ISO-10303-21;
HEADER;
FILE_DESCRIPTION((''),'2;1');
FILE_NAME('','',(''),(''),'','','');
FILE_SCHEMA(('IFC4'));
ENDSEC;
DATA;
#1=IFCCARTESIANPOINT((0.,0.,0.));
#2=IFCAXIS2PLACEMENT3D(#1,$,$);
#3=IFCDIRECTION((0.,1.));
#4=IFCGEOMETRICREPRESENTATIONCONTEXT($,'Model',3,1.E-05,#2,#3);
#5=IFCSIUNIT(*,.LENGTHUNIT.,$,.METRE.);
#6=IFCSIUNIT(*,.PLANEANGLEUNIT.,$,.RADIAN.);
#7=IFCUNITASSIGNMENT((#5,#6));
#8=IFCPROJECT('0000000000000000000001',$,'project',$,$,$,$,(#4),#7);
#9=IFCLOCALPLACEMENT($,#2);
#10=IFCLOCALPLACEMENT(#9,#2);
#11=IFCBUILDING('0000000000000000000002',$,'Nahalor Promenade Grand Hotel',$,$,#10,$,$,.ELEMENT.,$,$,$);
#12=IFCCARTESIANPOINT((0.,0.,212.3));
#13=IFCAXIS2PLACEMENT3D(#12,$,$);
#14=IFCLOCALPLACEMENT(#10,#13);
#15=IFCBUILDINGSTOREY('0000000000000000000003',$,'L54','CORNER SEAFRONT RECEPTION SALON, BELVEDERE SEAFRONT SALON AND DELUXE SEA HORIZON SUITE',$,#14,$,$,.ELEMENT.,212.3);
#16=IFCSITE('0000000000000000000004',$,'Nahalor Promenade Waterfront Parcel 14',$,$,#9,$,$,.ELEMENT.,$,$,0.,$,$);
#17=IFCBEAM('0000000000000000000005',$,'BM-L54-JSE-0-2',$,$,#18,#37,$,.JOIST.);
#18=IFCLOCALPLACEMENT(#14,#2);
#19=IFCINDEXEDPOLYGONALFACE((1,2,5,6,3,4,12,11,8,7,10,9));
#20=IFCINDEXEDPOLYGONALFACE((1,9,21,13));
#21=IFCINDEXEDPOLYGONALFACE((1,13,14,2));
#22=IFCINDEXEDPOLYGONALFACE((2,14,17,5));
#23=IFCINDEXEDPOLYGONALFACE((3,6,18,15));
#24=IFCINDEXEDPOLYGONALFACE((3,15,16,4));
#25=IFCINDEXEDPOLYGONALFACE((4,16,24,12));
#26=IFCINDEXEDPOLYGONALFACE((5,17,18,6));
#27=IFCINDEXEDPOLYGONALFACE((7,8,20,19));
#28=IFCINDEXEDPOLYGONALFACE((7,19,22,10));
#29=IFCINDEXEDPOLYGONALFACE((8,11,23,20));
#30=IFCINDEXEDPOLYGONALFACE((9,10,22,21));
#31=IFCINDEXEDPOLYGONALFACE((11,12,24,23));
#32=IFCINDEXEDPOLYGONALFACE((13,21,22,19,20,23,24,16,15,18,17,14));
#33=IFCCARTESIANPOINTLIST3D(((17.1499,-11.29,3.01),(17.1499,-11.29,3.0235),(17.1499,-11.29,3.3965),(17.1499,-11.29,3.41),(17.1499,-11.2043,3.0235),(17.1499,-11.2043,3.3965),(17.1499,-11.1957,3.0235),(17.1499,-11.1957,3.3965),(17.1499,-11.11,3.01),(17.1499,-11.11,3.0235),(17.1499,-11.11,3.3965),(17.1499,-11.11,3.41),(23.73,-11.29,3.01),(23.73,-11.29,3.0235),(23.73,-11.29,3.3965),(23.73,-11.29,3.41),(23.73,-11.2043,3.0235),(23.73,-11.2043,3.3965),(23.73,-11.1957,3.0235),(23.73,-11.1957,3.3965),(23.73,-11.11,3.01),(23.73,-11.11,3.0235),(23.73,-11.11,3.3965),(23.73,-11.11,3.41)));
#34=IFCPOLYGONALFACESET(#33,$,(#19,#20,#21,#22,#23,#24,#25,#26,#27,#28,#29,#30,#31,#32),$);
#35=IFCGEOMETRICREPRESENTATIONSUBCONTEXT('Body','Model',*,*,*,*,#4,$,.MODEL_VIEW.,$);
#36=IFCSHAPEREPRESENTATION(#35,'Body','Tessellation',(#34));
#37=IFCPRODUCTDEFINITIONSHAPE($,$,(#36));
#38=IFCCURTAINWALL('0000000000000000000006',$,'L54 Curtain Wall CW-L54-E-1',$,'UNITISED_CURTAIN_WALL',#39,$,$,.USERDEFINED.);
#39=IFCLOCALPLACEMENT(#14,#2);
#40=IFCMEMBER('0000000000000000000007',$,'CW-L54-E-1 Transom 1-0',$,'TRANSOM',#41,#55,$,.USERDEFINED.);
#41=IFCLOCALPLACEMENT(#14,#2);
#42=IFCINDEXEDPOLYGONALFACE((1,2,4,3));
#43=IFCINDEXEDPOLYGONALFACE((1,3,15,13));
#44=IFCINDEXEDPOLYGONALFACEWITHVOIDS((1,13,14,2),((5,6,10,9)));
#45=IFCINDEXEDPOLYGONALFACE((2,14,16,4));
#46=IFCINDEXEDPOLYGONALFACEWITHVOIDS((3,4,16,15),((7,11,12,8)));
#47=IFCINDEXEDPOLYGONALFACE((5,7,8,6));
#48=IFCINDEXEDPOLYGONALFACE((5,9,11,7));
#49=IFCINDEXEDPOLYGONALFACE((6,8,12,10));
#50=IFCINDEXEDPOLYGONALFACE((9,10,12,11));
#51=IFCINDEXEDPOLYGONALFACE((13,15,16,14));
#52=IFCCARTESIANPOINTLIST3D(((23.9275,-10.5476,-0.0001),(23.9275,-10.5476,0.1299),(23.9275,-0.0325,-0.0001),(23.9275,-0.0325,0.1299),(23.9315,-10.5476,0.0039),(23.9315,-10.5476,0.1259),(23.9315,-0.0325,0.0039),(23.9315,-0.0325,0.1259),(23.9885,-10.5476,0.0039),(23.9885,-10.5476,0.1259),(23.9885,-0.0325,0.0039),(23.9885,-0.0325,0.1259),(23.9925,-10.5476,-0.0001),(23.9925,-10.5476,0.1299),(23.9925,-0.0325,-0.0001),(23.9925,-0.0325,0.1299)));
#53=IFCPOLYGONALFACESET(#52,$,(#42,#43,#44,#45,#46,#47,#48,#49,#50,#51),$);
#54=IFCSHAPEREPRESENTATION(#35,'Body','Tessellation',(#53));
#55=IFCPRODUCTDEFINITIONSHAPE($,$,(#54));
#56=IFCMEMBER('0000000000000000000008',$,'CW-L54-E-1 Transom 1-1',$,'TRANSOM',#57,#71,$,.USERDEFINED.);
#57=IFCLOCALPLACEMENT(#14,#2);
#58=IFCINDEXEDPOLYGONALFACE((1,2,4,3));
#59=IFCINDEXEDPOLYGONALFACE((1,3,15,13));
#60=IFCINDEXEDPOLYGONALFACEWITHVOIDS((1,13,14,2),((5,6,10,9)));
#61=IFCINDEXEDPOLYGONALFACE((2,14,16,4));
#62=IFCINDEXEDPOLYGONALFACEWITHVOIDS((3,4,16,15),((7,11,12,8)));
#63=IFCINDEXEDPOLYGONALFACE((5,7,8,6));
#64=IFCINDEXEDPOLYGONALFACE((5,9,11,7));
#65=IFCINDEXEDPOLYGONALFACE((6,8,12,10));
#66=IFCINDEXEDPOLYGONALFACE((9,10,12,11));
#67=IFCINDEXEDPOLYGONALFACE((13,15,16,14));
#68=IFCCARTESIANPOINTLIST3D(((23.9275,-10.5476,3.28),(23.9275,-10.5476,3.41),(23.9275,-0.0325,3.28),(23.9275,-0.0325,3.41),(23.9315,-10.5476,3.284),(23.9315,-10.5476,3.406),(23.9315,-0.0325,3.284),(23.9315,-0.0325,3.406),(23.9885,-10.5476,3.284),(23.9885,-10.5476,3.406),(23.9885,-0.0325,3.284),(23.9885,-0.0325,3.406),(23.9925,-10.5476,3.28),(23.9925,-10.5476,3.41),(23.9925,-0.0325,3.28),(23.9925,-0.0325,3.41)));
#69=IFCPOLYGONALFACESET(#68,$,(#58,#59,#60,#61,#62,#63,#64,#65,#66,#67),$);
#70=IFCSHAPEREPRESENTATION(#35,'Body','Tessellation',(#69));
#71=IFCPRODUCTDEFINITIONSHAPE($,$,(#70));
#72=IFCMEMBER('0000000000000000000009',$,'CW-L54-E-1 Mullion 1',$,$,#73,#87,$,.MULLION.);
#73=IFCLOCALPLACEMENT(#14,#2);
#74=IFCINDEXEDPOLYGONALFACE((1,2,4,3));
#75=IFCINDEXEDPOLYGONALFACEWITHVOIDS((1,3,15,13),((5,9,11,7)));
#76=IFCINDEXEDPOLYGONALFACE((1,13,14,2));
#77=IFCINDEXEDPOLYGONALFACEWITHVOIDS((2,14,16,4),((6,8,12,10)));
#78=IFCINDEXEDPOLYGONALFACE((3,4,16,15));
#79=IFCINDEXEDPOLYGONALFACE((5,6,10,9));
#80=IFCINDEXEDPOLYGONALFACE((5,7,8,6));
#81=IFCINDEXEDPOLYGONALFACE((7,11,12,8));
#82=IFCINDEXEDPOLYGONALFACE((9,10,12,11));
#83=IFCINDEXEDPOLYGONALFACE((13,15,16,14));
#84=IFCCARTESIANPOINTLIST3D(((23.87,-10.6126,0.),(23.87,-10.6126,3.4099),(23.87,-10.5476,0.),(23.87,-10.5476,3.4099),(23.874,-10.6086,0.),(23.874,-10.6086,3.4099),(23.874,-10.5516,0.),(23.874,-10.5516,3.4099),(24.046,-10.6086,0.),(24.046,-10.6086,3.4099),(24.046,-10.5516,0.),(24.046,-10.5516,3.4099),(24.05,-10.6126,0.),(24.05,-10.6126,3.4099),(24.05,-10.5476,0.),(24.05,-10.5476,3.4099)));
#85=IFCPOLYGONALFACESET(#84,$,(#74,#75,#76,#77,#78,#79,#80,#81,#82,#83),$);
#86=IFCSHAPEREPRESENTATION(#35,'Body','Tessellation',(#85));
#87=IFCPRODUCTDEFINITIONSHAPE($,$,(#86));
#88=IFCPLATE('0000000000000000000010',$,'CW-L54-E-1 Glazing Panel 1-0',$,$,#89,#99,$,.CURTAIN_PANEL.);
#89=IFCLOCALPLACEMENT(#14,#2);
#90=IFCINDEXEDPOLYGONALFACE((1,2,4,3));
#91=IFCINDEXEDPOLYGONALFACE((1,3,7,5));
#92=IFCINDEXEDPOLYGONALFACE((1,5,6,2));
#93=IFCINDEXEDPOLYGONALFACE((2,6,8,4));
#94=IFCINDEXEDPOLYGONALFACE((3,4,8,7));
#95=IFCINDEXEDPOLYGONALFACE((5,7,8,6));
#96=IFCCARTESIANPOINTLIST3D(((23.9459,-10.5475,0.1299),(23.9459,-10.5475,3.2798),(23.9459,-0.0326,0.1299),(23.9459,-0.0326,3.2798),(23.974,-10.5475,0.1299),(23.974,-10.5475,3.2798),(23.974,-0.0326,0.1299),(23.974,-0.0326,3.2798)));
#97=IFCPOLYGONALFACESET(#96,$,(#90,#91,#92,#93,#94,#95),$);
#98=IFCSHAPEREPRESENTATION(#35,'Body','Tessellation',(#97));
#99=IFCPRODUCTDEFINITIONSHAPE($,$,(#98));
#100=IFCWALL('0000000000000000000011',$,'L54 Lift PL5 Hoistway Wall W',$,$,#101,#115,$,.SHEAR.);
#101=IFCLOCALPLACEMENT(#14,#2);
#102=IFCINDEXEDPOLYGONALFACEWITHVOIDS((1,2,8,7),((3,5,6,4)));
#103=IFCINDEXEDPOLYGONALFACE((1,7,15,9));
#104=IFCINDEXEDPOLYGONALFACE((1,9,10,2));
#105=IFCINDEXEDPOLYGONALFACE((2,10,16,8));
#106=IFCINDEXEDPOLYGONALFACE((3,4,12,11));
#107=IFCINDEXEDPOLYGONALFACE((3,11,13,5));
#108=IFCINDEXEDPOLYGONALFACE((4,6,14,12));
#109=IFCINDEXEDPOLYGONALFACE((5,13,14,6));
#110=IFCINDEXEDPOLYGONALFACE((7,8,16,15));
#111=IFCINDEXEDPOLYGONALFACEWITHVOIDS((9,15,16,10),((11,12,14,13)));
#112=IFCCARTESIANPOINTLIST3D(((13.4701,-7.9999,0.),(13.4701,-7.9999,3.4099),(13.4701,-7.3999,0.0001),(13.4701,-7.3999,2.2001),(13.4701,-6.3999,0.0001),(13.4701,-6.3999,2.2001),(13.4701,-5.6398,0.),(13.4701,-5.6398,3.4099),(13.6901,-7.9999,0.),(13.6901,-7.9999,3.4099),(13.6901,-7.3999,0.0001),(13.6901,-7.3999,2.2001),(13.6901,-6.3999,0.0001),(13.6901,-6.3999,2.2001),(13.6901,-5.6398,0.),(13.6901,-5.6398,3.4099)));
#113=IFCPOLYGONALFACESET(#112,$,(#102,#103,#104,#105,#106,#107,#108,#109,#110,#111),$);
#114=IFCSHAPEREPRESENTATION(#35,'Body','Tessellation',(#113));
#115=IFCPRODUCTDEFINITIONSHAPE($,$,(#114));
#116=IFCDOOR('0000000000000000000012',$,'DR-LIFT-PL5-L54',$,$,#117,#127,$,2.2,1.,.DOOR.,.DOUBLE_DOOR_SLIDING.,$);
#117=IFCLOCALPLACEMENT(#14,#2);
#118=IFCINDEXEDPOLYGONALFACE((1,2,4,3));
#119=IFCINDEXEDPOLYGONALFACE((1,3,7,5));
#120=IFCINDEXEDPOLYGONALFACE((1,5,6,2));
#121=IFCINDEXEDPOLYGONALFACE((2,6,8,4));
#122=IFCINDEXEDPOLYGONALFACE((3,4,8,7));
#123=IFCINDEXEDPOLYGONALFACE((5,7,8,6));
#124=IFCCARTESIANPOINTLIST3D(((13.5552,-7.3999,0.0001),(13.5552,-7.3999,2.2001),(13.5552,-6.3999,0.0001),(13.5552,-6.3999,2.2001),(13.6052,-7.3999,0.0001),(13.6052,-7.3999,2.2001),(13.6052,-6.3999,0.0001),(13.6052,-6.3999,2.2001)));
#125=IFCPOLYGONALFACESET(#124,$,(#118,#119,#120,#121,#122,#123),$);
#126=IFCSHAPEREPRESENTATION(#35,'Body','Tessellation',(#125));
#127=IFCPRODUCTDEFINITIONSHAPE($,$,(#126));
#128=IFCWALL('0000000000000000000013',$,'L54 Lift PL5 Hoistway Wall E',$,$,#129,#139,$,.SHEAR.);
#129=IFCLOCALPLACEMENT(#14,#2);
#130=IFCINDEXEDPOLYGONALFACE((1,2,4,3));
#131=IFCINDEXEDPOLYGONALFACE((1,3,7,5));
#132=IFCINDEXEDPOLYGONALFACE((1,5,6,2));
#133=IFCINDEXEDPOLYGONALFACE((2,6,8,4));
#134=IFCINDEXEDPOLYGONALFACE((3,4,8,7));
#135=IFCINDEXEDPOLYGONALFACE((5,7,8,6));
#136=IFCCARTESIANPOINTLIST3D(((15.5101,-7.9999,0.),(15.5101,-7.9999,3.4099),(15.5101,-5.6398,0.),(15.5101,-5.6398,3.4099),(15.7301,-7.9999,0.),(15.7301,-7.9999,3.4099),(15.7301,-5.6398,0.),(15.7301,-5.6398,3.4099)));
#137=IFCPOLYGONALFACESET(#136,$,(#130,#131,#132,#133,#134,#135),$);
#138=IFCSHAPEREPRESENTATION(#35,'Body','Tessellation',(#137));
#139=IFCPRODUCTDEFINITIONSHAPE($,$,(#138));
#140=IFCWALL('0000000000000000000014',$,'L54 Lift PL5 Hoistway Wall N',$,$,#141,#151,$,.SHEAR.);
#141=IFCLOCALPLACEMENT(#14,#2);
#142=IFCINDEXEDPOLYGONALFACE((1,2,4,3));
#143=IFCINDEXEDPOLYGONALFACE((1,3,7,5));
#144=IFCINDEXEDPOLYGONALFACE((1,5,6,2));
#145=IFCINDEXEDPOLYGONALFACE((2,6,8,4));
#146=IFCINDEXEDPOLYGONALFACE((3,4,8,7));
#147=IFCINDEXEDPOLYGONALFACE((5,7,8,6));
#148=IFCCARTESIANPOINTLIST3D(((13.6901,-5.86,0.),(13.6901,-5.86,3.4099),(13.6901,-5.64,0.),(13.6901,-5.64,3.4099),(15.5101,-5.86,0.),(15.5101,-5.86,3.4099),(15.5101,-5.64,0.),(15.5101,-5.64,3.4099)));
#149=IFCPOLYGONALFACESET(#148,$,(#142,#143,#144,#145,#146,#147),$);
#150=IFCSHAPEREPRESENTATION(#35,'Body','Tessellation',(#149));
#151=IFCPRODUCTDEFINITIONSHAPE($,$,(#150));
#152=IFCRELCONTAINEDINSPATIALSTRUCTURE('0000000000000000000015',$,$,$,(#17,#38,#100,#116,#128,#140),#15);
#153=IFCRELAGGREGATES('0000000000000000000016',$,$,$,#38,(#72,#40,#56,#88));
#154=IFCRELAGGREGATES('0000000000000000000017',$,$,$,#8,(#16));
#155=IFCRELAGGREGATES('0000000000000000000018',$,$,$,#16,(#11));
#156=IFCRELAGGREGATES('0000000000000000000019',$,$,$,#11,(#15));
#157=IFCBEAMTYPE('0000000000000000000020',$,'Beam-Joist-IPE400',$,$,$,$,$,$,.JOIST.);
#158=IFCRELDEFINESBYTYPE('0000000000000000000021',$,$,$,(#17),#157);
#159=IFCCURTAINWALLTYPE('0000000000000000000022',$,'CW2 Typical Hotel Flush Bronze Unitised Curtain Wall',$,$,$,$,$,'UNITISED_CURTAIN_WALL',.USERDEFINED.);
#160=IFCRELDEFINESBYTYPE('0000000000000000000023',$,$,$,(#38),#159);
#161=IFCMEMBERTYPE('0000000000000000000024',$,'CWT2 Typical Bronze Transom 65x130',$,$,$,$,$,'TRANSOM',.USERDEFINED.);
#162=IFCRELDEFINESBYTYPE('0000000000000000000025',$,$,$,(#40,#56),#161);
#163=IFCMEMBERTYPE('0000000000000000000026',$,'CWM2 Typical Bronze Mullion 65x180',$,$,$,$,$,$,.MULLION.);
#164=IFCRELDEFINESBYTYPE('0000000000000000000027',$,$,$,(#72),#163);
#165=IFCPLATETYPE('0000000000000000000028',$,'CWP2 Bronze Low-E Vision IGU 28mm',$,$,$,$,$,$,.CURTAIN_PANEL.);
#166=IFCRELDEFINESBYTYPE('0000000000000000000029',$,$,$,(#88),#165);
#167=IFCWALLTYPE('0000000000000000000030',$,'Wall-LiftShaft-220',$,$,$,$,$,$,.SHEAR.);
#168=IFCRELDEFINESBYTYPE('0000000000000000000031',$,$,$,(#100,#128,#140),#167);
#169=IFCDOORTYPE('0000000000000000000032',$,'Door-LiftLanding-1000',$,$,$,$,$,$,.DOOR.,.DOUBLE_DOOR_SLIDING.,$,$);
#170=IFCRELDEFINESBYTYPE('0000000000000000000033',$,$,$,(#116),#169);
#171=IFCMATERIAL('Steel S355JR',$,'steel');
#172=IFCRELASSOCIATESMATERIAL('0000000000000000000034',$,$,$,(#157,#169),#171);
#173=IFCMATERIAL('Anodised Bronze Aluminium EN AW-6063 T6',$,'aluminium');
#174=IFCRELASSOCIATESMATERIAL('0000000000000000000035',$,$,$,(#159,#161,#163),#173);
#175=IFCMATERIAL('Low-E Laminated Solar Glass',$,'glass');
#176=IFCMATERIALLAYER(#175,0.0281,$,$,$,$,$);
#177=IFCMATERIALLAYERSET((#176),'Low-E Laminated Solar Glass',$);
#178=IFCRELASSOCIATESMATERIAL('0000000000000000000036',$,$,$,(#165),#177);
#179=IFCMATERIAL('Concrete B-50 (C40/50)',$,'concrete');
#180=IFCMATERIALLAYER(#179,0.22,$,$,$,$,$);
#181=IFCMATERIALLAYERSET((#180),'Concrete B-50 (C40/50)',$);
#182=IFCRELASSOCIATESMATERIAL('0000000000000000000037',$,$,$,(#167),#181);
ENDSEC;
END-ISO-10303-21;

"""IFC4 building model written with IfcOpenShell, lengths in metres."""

from ifc_helpers import new_model, si_unit, direction, frame, frame_2d, origin, origin_2d, place, context, subcontext, project, spatial, rectangle, hollow_rectangle, i_section, extrude, source, transform, mapped, material, layer, layer_set, material_profile, profile_set, type_object, element, fill, aggregate, save


model = new_model("IFC4")

# Units and contexts
model_context = context("Model", 3, precision=1e-05, world=origin(), true_north=direction((0.0, 1.0)))
body_context = subcontext(model_context, "Body", "Model", "MODEL_VIEW")
ifc_project = project(units=[si_unit("LENGTHUNIT", "METRE"), si_unit("PLANEANGLEUNIT", "RADIAN")], contexts=[model_context])

# Site, building, storey
site_placement = place(None, origin())
site = spatial("IfcSite", under=ifc_project, at=site_placement, Name="Nahalor Promenade Waterfront Parcel 14", CompositionType="ELEMENT", RefElevation=0.0)
building_placement = place(site_placement, origin())
building = spatial("IfcBuilding", under=site, at=building_placement, Name="Nahalor Promenade Grand Hotel", CompositionType="ELEMENT")
storey_placement = place(building_placement, frame((0.0, 0.0, 212.3)))
storey = spatial("IfcBuildingStorey", under=building, at=storey_placement, Name="L54", Description="CORNER SEAFRONT RECEPTION SALON, BELVEDERE SEAFRONT SALON AND DELUXE SEA HORIZON SUITE", CompositionType="ELEMENT", Elevation=212.3)

# Shared definitions
ifc_material_1 = material(Name="Steel S355JR", Category="steel")

# Beam
ifc_material_profile_1 = material_profile(ifc_material_1, i_section(OverallWidth=0.18, OverallDepth=0.4, WebThickness=0.0086, FlangeThickness=0.0135, at=origin_2d()), Name="IPE 400")
ifc_profile_set_1 = profile_set([ifc_material_profile_1], Name="Steel S355JR")
beam_type_1 = type_object("IfcBeamType", Name="Beam-Joist-IPE400", PredefinedType="JOIST", material=ifc_profile_set_1)
shared_shape_1 = source(origin(), body_context, "Body", "SweptSolid", [
    extrude(i_section(OverallWidth=0.18, OverallDepth=0.4, WebThickness=0.0086, FlangeThickness=0.0135, at=origin_2d()), origin(), (0.0, 0.0, 1.0), 6.5801),
])
beam_1_placement = place(storey_placement, frame((17.1499, -11.2, 3.21), z_axis=(1.0, 0.0, 0.0), x_axis=(0.0, 1.0, 0.0)))
element("IfcBeam", 1, at=beam_1_placement, inside=storey, type_object=beam_type_1, Name="BM-L54-JSE-0-2", PredefinedType="JOIST", context=body_context, shape_type="MappedRepresentation", body=[
    mapped(shared_shape_1, transform((0.0, 0.0, 0.0), scale=1.0)),
])

# Curtain wall, members, plate
ifc_material_2 = material(Name="Anodised Bronze Aluminium EN AW-6063 T6", Category="aluminium")
curtain_wall_type = type_object("IfcCurtainWallType", Name="CW2 Typical Hotel Flush Bronze Unitised Curtain Wall", ElementType="UNITISED_CURTAIN_WALL", PredefinedType="USERDEFINED", material=ifc_material_2)
curtain_wall_placement = place(storey_placement, origin())
curtain_wall = element("IfcCurtainWall", 2, at=curtain_wall_placement, inside=storey, type_object=curtain_wall_type, Name="L54 Curtain Wall CW-L54-E-1", ObjectType="UNITISED_CURTAIN_WALL", PredefinedType="USERDEFINED")
ifc_material_profile_2 = material_profile(ifc_material_2, hollow_rectangle(XDim=0.065, YDim=0.13, WallThickness=0.004, at=origin_2d()), Name="CWT 65x130x4")
ifc_profile_set_2 = profile_set([ifc_material_profile_2], Name="Anodised Bronze Aluminium EN AW-6063 T6")
member_type_1 = type_object("IfcMemberType", Name="CWT2 Typical Bronze Transom 65x130", ElementType="TRANSOM", PredefinedType="USERDEFINED", material=ifc_profile_set_2)
shared_shape_2 = source(origin(), body_context, "Body", "SweptSolid", [
    extrude(hollow_rectangle(XDim=0.065, YDim=0.13, WallThickness=0.004, at=origin_2d()), origin(), (0.0, 0.0, 1.0), 10.5151),
])
member_1_placement = place(storey_placement, frame((23.96, -10.5476, 0.0649), z_axis=(0.0, 1.0, 0.0), x_axis=(-1.0, 0.0, 0.0)))
member_1 = element("IfcMember", 3, at=member_1_placement, type_object=member_type_1, Name="CW-L54-E-1 Transom 1-0", ObjectType="TRANSOM", PredefinedType="USERDEFINED", context=body_context, shape_type="MappedRepresentation", body=[
    mapped(shared_shape_2, transform((0.0, 0.0, 0.0), scale=1.0)),
])
member_2_placement = place(storey_placement, frame((23.96, -10.5476, 3.345), z_axis=(0.0, 1.0, 0.0), x_axis=(-1.0, 0.0, 0.0)))
member_2 = element("IfcMember", 4, at=member_2_placement, type_object=member_type_1, Name="CW-L54-E-1 Transom 1-1", ObjectType="TRANSOM", PredefinedType="USERDEFINED", context=body_context, shape_type="MappedRepresentation", body=[
    mapped(shared_shape_2, transform((0.0, 0.0, 0.0), scale=1.0)),
])
ifc_material_profile_3 = material_profile(ifc_material_2, hollow_rectangle(XDim=0.065, YDim=0.18, WallThickness=0.004, at=origin_2d()), Name="CWM 65x180x4")
ifc_profile_set_3 = profile_set([ifc_material_profile_3], Name="Anodised Bronze Aluminium EN AW-6063 T6")
member_type_2 = type_object("IfcMemberType", Name="CWM2 Typical Bronze Mullion 65x180", PredefinedType="MULLION", material=ifc_profile_set_3)
shared_shape_3 = source(origin(), body_context, "Body", "SweptSolid", [
    extrude(hollow_rectangle(XDim=0.065, YDim=0.18, WallThickness=0.004, at=origin_2d()), origin(), (0.0, 0.0, 1.0), 3.4099),
])
member_3_placement = place(storey_placement, frame((23.96, -10.5801, 0.0), z_axis=(0.0, 0.0, 1.0), x_axis=(0.0, 1.0, 0.0)))
member_3 = element("IfcMember", 5, at=member_3_placement, type_object=member_type_2, Name="CW-L54-E-1 Mullion 1", PredefinedType="MULLION", context=body_context, shape_type="MappedRepresentation", body=[
    mapped(shared_shape_3, transform((0.0, 0.0, 0.0), scale=1.0)),
])
ifc_material_3 = material(Name="Low-E Laminated Solar Glass", Category="glass")
ifc_layer_1 = layer(ifc_material_3, 0.0281)
ifc_layer_set_1 = layer_set([ifc_layer_1], Name="Low-E Laminated Solar Glass")
plate_type = type_object("IfcPlateType", Name="CWP2 Bronze Low-E Vision IGU 28mm", PredefinedType="CURTAIN_PANEL", material=ifc_layer_set_1)
shared_shape_4 = source(origin(), body_context, "Body", "SweptSolid", [
    extrude(rectangle(XDim=10.5149, YDim=0.0281, at=origin_2d()), origin(), (0.0, 0.0, 1.0), 3.1499),
])
plate_placement = place(storey_placement, frame((23.96, -5.29, 0.1299), z_axis=(0.0, 0.0, 1.0), x_axis=(0.0, 1.0, 0.0)))
plate = element("IfcPlate", 6, at=plate_placement, type_object=plate_type, Name="CW-L54-E-1 Glazing Panel 1-0", PredefinedType="CURTAIN_PANEL", context=body_context, shape_type="MappedRepresentation", body=[
    mapped(shared_shape_4, transform((0.0, 0.0, 0.0), scale=1.0)),
])
aggregate(curtain_wall, [member_3, member_1, member_2, plate])

# Wall, opening, door
ifc_material_4 = material(Name="Concrete B-50 (C40/50)", Category="concrete")
ifc_layer_2 = layer(ifc_material_4, 0.22)
ifc_layer_set_2 = layer_set([ifc_layer_2], Name="Concrete B-50 (C40/50)")
wall_type_1 = type_object("IfcWallType", Name="Wall-LiftShaft-220", PredefinedType="SHEAR", material=ifc_layer_set_2)
shared_shape_5 = source(origin(), body_context, "Body", "SweptSolid", [
    extrude(rectangle(XDim=2.3601, YDim=0.22, at=frame_2d((1.1802, 0.0))), origin(), (0.0, 0.0, 1.0), 3.4099),
])
wall_1_placement = place(storey_placement, frame((13.5801, -8.0, 0.0), z_axis=(0.0, 0.0, 1.0), x_axis=(0.0, 1.0, 0.0)))
wall_1 = element("IfcWall", 7, at=wall_1_placement, inside=storey, type_object=wall_type_1, Name="L54 Lift PL5 Hoistway Wall W", PredefinedType="SHEAR", context=body_context, shape_type="MappedRepresentation", body=[
    mapped(shared_shape_5, transform((0.0, 0.0, 0.0), scale=1.0)),
])
opening_1_placement = place(wall_1_placement, frame((0.6001, 0.0, 0.0)))
opening_1 = element("IfcOpeningElement", 8, at=opening_1_placement, cuts=wall_1, PredefinedType="OPENING", context=body_context, shape_type="SweptSolid", body=[
    extrude(rectangle(XDim=1.0, YDim=2.2, at=frame_2d((0.5, 1.1001))), frame((0.0, 0.1199, 0.0), z_axis=(0.0, -1.0, 0.0), x_axis=(1.0, 0.0, 0.0)), (0.0, 0.0, 1.0), 0.24),
])
door_type_1 = type_object("IfcDoorType", Name="Door-LiftLanding-1000", OperationType="DOUBLE_DOOR_SLIDING", PredefinedType="DOOR", material=ifc_material_1)
shared_shape_6 = source(origin(), body_context, "Body", "SweptSolid", [
    extrude(rectangle(XDim=1.0, YDim=2.2, at=frame_2d((0.5, 1.1001))), frame((0.0, 0.0249, 0.0), z_axis=(0.0, -1.0, 0.0), x_axis=(1.0, 0.0, 0.0)), (0.0, 0.0, 1.0), 0.05),
])
door_1_placement = place(opening_1_placement, origin())
door_1 = element("IfcDoor", 9, at=door_1_placement, inside=storey, type_object=door_type_1, Name="DR-LIFT-PL5-L54", OperationType="DOUBLE_DOOR_SLIDING", OverallHeight=2.2, OverallWidth=1.0, PredefinedType="DOOR", context=body_context, shape_type="MappedRepresentation", body=[
    mapped(shared_shape_6, transform((0.0, 0.0, 0.0), scale=1.0)),
])
fill(opening_1, door_1)

# Walls
wall_2_placement = place(storey_placement, frame((15.6201, -8.0, 0.0), z_axis=(0.0, 0.0, 1.0), x_axis=(0.0, 1.0, 0.0)))
element("IfcWall", 10, at=wall_2_placement, inside=storey, type_object=wall_type_1, Name="L54 Lift PL5 Hoistway Wall E", PredefinedType="SHEAR", context=body_context, shape_type="MappedRepresentation", body=[
    mapped(shared_shape_5, transform((0.0, 0.0, 0.0), scale=1.0)),
])
shared_shape_7 = source(origin(), body_context, "Body", "SweptSolid", [
    extrude(rectangle(XDim=1.8201, YDim=0.22, at=frame_2d((0.9102, 0.0))), origin(), (0.0, 0.0, 1.0), 3.4099),
])
wall_3_placement = place(storey_placement, frame((13.6899, -5.75, 0.0), z_axis=(0.0, 0.0, 1.0), x_axis=(1.0, 0.0, 0.0)))
element("IfcWall", 11, at=wall_3_placement, inside=storey, type_object=wall_type_1, Name="L54 Lift PL5 Hoistway Wall N", PredefinedType="SHEAR", context=body_context, shape_type="MappedRepresentation", body=[
    mapped(shared_shape_7, transform((0.0, 0.0, 0.0), scale=1.0)),
])

save(model, "model.ifc")
